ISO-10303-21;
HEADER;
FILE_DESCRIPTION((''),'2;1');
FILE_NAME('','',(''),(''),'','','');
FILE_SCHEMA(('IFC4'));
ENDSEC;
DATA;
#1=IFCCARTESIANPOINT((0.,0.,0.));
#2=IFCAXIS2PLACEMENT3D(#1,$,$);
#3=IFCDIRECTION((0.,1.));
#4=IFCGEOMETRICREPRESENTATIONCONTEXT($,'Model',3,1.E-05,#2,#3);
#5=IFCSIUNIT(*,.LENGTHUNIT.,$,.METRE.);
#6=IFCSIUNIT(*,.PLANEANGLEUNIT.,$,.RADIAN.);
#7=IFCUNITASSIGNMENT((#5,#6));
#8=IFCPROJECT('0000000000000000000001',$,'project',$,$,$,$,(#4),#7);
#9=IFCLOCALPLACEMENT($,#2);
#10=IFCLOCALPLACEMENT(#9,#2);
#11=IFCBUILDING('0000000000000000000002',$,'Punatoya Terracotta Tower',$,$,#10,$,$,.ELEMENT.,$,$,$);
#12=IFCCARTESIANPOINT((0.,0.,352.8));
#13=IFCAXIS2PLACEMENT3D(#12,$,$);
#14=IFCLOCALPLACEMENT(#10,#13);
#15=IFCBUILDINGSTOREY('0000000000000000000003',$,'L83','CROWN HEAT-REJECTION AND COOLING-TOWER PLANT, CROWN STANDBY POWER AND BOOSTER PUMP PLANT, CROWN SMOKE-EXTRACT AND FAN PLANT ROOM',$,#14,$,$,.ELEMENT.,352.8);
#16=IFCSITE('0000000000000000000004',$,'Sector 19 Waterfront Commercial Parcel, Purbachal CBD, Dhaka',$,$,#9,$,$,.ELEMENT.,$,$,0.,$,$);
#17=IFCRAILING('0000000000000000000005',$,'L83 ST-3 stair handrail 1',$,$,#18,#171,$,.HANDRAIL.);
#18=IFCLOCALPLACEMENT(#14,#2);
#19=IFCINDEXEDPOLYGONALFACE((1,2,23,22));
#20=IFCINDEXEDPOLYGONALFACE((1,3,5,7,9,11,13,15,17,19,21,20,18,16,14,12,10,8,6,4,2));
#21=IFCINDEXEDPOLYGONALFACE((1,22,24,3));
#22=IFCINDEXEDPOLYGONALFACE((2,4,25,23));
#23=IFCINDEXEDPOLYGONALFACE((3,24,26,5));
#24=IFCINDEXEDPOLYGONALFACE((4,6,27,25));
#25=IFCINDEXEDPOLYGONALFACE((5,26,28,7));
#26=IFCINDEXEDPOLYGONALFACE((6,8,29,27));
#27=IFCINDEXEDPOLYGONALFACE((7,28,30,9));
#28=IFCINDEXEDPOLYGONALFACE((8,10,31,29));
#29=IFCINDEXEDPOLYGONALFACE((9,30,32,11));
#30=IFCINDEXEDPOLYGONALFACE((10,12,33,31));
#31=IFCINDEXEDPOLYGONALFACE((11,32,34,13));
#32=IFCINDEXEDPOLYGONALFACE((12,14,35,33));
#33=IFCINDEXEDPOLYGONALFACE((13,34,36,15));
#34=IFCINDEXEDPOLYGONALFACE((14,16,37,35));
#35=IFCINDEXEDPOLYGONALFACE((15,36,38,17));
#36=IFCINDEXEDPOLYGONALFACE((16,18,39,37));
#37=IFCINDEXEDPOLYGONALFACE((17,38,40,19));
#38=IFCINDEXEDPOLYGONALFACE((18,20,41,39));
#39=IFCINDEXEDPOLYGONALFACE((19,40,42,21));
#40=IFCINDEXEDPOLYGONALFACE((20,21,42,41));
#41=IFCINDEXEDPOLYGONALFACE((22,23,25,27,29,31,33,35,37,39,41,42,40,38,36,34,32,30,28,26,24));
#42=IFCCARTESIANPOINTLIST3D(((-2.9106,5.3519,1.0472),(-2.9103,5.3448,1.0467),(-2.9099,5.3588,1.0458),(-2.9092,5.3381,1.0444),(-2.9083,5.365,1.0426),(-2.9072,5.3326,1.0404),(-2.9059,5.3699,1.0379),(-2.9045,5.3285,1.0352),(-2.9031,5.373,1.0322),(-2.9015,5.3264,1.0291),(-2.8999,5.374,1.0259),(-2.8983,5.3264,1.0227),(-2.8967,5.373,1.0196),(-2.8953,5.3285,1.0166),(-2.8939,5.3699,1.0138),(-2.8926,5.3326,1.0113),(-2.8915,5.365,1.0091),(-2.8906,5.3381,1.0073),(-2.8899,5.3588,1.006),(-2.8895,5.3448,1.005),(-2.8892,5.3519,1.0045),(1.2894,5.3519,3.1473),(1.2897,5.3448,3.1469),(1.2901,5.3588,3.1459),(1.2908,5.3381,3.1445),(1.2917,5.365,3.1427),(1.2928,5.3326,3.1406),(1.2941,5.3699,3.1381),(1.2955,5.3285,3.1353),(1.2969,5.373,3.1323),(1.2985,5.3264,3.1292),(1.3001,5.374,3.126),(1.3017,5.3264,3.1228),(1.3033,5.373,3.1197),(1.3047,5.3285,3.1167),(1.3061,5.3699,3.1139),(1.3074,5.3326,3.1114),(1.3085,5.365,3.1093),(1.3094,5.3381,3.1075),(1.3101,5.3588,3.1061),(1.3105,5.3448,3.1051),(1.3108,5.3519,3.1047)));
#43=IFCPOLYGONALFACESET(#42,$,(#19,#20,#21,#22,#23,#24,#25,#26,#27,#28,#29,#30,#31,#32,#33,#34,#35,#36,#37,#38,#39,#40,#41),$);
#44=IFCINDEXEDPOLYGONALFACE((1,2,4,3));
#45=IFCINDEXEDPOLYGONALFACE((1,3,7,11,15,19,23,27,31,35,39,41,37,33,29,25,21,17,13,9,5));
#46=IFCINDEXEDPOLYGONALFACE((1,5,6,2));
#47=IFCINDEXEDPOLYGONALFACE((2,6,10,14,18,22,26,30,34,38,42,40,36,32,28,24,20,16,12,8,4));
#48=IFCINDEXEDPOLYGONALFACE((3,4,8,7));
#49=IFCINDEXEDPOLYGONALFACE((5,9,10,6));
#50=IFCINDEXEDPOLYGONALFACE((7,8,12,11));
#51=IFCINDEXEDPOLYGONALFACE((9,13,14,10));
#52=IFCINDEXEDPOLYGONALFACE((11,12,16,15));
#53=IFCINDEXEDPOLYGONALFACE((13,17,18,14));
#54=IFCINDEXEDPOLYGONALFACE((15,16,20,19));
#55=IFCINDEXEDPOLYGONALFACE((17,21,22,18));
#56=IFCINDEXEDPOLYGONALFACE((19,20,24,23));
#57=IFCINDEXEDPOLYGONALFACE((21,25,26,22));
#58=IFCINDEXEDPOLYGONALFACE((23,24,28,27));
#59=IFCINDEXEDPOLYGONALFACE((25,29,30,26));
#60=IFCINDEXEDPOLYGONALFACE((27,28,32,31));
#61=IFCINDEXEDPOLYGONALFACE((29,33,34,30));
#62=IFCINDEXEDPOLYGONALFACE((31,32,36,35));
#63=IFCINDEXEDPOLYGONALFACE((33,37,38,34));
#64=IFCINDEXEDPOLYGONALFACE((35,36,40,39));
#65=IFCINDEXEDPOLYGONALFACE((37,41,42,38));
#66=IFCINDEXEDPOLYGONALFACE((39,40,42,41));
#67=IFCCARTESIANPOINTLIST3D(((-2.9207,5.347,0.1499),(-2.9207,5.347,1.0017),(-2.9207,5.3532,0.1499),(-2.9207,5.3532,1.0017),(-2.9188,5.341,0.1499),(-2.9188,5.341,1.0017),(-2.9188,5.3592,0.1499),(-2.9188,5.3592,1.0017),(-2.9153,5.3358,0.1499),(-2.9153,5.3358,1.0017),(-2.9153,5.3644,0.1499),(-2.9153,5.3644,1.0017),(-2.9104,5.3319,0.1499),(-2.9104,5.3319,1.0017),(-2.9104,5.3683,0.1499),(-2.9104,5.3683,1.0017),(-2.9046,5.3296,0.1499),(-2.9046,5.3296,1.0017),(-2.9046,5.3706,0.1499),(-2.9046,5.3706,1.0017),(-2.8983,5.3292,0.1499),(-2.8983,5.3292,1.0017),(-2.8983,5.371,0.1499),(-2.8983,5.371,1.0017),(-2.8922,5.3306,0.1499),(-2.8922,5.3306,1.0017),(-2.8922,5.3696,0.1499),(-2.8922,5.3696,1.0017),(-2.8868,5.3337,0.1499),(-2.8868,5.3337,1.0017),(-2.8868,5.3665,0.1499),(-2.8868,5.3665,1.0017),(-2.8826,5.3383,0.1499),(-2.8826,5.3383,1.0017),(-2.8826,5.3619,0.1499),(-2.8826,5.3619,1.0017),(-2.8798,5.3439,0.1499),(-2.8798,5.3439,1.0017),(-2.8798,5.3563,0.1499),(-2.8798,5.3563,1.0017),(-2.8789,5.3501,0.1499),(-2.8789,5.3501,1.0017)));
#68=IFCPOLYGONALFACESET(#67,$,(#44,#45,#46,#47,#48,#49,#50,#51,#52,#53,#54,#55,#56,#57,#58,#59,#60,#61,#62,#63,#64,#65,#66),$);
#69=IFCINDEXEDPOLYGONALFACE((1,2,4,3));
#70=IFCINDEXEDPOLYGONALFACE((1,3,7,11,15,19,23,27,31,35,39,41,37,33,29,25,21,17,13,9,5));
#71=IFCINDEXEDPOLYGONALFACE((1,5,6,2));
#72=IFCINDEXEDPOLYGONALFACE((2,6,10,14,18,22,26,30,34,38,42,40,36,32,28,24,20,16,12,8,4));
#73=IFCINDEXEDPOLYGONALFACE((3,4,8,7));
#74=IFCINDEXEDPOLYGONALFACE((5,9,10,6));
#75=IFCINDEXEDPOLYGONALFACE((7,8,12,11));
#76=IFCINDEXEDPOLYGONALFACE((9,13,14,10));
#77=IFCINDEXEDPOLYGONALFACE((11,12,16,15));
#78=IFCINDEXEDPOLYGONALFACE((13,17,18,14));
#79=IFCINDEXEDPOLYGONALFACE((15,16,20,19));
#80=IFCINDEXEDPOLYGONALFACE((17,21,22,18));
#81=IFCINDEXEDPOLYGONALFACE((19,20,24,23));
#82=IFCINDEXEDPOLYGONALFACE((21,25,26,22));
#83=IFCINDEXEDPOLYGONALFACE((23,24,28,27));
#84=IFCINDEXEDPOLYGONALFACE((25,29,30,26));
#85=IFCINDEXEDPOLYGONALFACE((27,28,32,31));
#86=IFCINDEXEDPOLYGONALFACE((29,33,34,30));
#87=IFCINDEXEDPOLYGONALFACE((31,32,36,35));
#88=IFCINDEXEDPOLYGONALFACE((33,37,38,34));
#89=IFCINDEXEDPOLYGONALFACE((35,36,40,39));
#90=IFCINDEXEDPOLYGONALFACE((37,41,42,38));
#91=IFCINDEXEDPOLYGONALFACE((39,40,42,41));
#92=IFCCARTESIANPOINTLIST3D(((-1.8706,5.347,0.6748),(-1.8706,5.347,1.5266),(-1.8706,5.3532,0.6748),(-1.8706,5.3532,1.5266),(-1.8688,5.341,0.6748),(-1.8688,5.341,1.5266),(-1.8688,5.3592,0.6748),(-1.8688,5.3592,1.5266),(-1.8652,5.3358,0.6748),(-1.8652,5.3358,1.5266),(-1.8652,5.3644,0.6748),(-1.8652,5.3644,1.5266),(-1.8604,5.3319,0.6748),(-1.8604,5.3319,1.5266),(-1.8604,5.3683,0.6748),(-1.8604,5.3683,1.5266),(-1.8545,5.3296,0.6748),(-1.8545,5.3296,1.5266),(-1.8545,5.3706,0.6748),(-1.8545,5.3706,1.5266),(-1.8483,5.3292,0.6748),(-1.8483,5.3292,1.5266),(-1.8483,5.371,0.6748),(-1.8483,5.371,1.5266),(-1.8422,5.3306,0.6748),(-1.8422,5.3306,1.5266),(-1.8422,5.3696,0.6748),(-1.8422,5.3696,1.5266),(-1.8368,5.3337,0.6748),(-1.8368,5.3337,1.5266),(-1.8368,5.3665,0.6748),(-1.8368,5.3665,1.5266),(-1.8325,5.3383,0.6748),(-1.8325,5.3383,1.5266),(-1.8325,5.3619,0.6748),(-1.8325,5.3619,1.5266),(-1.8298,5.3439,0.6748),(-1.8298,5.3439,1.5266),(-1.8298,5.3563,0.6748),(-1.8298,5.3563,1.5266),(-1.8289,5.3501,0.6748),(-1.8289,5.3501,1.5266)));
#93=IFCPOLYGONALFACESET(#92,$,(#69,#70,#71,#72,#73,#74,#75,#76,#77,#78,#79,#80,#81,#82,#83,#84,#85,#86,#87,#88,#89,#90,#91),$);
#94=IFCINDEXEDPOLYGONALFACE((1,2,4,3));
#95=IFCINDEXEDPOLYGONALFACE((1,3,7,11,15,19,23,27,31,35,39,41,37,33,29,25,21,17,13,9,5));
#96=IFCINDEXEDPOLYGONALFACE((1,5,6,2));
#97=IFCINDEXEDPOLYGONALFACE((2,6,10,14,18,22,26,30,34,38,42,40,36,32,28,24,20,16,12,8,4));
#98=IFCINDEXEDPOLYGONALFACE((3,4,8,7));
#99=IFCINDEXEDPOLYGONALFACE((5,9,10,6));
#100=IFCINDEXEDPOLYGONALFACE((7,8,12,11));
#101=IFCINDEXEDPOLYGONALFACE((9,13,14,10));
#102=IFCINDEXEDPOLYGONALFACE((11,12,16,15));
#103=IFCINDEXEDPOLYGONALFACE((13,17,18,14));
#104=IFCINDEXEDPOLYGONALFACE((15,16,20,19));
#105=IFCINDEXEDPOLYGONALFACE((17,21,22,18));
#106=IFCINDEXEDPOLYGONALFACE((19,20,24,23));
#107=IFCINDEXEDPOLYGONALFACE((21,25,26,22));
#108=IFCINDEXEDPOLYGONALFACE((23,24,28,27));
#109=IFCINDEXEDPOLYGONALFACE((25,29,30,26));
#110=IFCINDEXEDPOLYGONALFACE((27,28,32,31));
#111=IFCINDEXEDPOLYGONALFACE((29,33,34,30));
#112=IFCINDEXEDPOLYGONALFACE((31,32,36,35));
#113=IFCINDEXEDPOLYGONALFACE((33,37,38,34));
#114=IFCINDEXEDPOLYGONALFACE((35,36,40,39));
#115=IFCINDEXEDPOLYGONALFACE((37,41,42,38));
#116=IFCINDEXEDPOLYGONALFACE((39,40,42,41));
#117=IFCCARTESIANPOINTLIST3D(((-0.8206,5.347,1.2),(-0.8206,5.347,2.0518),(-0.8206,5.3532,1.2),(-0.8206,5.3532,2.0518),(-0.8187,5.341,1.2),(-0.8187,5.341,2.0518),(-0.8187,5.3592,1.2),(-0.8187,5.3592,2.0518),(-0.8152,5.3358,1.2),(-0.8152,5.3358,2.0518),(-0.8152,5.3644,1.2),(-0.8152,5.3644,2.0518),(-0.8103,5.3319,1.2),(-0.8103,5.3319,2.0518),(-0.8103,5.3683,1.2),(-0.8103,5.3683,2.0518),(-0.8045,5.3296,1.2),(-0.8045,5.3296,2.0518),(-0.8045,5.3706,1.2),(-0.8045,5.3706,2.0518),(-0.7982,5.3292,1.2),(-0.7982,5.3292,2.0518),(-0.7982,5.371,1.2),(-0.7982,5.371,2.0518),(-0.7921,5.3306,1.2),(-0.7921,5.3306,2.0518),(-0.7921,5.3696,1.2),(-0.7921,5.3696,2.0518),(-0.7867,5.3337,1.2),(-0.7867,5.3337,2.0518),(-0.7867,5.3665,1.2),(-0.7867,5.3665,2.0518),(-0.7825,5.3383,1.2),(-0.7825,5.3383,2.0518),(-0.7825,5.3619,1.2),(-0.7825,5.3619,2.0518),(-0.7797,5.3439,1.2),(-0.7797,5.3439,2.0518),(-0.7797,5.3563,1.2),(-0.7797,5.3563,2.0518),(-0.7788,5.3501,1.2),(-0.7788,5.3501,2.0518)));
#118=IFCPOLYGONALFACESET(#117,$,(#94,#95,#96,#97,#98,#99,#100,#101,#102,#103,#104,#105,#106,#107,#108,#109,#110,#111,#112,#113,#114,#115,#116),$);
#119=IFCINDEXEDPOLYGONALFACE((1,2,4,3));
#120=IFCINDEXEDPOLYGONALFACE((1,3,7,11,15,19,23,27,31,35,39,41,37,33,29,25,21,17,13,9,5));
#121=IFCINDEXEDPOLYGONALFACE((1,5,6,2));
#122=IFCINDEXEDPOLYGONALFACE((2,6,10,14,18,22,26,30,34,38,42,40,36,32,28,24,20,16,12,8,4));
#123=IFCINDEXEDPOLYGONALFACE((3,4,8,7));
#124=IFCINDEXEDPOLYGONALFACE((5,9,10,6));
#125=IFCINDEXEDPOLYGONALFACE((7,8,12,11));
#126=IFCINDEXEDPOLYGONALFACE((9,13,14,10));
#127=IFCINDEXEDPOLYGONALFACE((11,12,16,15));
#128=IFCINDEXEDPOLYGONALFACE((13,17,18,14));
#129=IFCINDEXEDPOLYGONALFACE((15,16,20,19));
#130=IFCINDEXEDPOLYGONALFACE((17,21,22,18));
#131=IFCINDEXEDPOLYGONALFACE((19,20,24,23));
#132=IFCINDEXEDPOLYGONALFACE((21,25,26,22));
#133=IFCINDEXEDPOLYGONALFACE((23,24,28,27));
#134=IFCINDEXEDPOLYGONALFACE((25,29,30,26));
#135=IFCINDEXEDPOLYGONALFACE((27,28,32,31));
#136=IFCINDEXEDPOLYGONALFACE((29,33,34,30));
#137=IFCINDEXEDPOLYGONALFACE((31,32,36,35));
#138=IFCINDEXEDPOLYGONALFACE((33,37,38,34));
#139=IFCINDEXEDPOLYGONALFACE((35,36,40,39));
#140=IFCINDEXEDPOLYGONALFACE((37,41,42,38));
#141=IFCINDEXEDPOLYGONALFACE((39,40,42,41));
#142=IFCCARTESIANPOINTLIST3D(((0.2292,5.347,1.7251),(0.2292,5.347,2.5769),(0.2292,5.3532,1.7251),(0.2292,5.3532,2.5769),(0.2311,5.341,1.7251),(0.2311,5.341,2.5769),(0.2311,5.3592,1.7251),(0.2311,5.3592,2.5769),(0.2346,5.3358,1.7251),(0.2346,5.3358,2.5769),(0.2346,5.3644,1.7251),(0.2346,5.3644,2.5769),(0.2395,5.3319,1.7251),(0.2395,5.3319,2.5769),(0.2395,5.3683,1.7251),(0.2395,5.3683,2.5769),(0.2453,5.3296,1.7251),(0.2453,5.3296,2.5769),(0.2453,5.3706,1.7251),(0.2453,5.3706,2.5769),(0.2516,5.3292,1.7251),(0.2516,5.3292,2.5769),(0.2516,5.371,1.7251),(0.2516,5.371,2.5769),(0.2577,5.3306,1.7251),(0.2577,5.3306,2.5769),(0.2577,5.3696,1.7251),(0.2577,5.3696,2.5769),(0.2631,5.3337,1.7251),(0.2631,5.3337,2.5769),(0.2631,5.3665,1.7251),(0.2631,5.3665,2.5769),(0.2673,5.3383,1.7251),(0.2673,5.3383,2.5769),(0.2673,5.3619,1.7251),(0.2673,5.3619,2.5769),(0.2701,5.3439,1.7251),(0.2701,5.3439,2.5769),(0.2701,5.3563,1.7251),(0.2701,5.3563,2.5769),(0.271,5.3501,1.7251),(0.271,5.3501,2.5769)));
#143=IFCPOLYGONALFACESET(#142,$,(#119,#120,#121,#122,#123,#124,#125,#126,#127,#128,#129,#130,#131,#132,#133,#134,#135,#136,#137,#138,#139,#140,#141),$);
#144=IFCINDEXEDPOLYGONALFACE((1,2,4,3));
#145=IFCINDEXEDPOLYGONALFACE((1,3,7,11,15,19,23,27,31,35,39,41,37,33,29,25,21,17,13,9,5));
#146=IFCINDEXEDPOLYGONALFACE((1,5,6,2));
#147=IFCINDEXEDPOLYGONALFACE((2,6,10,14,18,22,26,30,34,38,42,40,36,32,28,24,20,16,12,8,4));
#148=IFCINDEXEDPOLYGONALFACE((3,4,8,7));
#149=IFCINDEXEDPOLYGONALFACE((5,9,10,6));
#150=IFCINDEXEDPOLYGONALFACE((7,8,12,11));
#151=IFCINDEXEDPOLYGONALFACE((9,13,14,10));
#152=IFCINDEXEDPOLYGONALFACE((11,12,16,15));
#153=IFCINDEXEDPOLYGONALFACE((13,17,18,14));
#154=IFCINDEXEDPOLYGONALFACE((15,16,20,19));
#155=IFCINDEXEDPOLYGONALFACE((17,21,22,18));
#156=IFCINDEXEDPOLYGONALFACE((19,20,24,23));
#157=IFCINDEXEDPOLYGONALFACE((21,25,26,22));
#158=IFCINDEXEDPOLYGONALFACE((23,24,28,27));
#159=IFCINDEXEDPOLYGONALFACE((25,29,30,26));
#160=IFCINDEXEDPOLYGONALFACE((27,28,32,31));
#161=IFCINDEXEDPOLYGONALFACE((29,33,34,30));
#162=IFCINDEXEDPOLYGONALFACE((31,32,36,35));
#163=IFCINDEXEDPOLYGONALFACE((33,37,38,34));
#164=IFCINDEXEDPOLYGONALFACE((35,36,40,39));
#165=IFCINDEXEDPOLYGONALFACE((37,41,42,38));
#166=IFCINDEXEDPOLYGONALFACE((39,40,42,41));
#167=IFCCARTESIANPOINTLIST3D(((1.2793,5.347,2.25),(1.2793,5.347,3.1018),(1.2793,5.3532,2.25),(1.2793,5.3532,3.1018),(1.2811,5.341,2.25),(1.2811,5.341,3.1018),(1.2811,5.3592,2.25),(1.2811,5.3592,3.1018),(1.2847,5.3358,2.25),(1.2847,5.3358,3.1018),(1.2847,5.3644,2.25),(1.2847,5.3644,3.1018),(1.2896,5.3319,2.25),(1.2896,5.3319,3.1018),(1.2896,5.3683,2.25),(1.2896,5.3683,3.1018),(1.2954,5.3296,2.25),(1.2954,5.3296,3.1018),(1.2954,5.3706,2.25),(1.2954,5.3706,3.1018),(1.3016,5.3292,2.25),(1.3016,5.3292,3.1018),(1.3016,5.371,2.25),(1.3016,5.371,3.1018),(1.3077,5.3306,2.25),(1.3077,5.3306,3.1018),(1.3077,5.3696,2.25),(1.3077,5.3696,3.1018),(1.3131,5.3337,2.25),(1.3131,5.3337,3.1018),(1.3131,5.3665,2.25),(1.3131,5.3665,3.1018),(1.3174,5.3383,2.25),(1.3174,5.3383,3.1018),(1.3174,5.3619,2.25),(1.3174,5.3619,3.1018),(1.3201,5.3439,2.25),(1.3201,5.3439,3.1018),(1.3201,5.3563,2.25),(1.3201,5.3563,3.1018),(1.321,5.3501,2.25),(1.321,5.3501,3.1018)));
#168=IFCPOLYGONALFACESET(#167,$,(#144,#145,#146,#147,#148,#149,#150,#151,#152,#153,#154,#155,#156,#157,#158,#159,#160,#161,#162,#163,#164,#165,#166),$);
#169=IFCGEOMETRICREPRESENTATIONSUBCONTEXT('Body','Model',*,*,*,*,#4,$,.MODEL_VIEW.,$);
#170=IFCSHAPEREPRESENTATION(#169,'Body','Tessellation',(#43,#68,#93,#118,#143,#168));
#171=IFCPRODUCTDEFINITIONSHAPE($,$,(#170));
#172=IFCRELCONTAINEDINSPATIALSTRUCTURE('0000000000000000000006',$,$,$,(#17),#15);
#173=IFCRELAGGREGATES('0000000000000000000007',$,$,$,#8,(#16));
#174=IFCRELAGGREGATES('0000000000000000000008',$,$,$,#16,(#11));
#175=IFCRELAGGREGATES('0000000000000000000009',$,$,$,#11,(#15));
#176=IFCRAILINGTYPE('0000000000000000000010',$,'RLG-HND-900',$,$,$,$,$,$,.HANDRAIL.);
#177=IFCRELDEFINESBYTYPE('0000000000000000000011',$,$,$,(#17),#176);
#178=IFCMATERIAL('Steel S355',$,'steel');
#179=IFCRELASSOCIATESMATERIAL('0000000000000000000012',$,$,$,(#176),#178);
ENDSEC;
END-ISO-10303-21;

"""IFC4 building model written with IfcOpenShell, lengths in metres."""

from ifc_helpers import new_model, si_unit, direction, frame, origin, origin_2d, place, context, subcontext, project, spatial, circle, extrude, material, type_object, element, save


model = new_model("IFC4")

# Units and contexts
model_context = context("Model", 3, precision=1e-05, world=origin(), true_north=direction((0.0, 1.0)))
body_context = subcontext(model_context, "Body", "Model", "MODEL_VIEW")
ifc_project = project(units=[si_unit("LENGTHUNIT", "METRE"), si_unit("PLANEANGLEUNIT", "RADIAN")], contexts=[model_context])

# Site, building, storey
site_placement = place(None, origin())
site = spatial("IfcSite", under=ifc_project, at=site_placement, Name="Sector 19 Waterfront Commercial Parcel, Purbachal CBD, Dhaka", CompositionType="ELEMENT", RefElevation=0.0)
building_placement = place(site_placement, origin())
building = spatial("IfcBuilding", under=site, at=building_placement, Name="Punatoya Terracotta Tower", CompositionType="ELEMENT")
storey_placement = place(building_placement, frame((0.0, 0.0, 352.8)))
storey = spatial("IfcBuildingStorey", under=building, at=storey_placement, Name="L83", Description="CROWN HEAT-REJECTION AND COOLING-TOWER PLANT, CROWN STANDBY POWER AND BOOSTER PUMP PLANT, CROWN SMOKE-EXTRACT AND FAN PLANT ROOM", CompositionType="ELEMENT", Elevation=352.8)

# Shared definitions
ifc_material_1 = material(Name="Steel S355", Category="steel")

# Railing
railing_type_1 = type_object("IfcRailingType", Name="RLG-HND-900", PredefinedType="HANDRAIL", material=ifc_material_1)
railing_1_placement = place(storey_placement, frame((-2.8999, 5.3501, 0.1499)))
element("IfcRailing", 1, at=railing_1_placement, inside=storey, type_object=railing_type_1, Name="L83 ST-3 stair handrail 1", PredefinedType="HANDRAIL", context=body_context, shape_type="SweptSolid", body=[
    extrude(circle(Radius=0.0239, at=origin_2d()), frame((0.0, 0.0, 0.876), z_axis=(0.894417, 0.0, 0.447234), x_axis=(0.0, 1.0, 0.0)), (0.0, 0.0, 1.0), 4.6958),
    extrude(circle(Radius=0.021, at=origin_2d()), origin(), (0.0, 0.0, 1.0), 0.8518),
    extrude(circle(Radius=0.021, at=origin_2d()), frame((1.05, 0.0, 0.5249)), (0.0, 0.0, 1.0), 0.8518),
    extrude(circle(Radius=0.021, at=origin_2d()), frame((2.1001, 0.0, 1.05)), (0.0, 0.0, 1.0), 0.8518),
    extrude(circle(Radius=0.021, at=origin_2d()), frame((3.1499, 0.0, 1.5752)), (0.0, 0.0, 1.0), 0.8518),
    extrude(circle(Radius=0.021, at=origin_2d()), frame((4.2, 0.0, 2.1001)), (0.0, 0.0, 1.0), 0.8518),
])

save(model, "model.ifc")
